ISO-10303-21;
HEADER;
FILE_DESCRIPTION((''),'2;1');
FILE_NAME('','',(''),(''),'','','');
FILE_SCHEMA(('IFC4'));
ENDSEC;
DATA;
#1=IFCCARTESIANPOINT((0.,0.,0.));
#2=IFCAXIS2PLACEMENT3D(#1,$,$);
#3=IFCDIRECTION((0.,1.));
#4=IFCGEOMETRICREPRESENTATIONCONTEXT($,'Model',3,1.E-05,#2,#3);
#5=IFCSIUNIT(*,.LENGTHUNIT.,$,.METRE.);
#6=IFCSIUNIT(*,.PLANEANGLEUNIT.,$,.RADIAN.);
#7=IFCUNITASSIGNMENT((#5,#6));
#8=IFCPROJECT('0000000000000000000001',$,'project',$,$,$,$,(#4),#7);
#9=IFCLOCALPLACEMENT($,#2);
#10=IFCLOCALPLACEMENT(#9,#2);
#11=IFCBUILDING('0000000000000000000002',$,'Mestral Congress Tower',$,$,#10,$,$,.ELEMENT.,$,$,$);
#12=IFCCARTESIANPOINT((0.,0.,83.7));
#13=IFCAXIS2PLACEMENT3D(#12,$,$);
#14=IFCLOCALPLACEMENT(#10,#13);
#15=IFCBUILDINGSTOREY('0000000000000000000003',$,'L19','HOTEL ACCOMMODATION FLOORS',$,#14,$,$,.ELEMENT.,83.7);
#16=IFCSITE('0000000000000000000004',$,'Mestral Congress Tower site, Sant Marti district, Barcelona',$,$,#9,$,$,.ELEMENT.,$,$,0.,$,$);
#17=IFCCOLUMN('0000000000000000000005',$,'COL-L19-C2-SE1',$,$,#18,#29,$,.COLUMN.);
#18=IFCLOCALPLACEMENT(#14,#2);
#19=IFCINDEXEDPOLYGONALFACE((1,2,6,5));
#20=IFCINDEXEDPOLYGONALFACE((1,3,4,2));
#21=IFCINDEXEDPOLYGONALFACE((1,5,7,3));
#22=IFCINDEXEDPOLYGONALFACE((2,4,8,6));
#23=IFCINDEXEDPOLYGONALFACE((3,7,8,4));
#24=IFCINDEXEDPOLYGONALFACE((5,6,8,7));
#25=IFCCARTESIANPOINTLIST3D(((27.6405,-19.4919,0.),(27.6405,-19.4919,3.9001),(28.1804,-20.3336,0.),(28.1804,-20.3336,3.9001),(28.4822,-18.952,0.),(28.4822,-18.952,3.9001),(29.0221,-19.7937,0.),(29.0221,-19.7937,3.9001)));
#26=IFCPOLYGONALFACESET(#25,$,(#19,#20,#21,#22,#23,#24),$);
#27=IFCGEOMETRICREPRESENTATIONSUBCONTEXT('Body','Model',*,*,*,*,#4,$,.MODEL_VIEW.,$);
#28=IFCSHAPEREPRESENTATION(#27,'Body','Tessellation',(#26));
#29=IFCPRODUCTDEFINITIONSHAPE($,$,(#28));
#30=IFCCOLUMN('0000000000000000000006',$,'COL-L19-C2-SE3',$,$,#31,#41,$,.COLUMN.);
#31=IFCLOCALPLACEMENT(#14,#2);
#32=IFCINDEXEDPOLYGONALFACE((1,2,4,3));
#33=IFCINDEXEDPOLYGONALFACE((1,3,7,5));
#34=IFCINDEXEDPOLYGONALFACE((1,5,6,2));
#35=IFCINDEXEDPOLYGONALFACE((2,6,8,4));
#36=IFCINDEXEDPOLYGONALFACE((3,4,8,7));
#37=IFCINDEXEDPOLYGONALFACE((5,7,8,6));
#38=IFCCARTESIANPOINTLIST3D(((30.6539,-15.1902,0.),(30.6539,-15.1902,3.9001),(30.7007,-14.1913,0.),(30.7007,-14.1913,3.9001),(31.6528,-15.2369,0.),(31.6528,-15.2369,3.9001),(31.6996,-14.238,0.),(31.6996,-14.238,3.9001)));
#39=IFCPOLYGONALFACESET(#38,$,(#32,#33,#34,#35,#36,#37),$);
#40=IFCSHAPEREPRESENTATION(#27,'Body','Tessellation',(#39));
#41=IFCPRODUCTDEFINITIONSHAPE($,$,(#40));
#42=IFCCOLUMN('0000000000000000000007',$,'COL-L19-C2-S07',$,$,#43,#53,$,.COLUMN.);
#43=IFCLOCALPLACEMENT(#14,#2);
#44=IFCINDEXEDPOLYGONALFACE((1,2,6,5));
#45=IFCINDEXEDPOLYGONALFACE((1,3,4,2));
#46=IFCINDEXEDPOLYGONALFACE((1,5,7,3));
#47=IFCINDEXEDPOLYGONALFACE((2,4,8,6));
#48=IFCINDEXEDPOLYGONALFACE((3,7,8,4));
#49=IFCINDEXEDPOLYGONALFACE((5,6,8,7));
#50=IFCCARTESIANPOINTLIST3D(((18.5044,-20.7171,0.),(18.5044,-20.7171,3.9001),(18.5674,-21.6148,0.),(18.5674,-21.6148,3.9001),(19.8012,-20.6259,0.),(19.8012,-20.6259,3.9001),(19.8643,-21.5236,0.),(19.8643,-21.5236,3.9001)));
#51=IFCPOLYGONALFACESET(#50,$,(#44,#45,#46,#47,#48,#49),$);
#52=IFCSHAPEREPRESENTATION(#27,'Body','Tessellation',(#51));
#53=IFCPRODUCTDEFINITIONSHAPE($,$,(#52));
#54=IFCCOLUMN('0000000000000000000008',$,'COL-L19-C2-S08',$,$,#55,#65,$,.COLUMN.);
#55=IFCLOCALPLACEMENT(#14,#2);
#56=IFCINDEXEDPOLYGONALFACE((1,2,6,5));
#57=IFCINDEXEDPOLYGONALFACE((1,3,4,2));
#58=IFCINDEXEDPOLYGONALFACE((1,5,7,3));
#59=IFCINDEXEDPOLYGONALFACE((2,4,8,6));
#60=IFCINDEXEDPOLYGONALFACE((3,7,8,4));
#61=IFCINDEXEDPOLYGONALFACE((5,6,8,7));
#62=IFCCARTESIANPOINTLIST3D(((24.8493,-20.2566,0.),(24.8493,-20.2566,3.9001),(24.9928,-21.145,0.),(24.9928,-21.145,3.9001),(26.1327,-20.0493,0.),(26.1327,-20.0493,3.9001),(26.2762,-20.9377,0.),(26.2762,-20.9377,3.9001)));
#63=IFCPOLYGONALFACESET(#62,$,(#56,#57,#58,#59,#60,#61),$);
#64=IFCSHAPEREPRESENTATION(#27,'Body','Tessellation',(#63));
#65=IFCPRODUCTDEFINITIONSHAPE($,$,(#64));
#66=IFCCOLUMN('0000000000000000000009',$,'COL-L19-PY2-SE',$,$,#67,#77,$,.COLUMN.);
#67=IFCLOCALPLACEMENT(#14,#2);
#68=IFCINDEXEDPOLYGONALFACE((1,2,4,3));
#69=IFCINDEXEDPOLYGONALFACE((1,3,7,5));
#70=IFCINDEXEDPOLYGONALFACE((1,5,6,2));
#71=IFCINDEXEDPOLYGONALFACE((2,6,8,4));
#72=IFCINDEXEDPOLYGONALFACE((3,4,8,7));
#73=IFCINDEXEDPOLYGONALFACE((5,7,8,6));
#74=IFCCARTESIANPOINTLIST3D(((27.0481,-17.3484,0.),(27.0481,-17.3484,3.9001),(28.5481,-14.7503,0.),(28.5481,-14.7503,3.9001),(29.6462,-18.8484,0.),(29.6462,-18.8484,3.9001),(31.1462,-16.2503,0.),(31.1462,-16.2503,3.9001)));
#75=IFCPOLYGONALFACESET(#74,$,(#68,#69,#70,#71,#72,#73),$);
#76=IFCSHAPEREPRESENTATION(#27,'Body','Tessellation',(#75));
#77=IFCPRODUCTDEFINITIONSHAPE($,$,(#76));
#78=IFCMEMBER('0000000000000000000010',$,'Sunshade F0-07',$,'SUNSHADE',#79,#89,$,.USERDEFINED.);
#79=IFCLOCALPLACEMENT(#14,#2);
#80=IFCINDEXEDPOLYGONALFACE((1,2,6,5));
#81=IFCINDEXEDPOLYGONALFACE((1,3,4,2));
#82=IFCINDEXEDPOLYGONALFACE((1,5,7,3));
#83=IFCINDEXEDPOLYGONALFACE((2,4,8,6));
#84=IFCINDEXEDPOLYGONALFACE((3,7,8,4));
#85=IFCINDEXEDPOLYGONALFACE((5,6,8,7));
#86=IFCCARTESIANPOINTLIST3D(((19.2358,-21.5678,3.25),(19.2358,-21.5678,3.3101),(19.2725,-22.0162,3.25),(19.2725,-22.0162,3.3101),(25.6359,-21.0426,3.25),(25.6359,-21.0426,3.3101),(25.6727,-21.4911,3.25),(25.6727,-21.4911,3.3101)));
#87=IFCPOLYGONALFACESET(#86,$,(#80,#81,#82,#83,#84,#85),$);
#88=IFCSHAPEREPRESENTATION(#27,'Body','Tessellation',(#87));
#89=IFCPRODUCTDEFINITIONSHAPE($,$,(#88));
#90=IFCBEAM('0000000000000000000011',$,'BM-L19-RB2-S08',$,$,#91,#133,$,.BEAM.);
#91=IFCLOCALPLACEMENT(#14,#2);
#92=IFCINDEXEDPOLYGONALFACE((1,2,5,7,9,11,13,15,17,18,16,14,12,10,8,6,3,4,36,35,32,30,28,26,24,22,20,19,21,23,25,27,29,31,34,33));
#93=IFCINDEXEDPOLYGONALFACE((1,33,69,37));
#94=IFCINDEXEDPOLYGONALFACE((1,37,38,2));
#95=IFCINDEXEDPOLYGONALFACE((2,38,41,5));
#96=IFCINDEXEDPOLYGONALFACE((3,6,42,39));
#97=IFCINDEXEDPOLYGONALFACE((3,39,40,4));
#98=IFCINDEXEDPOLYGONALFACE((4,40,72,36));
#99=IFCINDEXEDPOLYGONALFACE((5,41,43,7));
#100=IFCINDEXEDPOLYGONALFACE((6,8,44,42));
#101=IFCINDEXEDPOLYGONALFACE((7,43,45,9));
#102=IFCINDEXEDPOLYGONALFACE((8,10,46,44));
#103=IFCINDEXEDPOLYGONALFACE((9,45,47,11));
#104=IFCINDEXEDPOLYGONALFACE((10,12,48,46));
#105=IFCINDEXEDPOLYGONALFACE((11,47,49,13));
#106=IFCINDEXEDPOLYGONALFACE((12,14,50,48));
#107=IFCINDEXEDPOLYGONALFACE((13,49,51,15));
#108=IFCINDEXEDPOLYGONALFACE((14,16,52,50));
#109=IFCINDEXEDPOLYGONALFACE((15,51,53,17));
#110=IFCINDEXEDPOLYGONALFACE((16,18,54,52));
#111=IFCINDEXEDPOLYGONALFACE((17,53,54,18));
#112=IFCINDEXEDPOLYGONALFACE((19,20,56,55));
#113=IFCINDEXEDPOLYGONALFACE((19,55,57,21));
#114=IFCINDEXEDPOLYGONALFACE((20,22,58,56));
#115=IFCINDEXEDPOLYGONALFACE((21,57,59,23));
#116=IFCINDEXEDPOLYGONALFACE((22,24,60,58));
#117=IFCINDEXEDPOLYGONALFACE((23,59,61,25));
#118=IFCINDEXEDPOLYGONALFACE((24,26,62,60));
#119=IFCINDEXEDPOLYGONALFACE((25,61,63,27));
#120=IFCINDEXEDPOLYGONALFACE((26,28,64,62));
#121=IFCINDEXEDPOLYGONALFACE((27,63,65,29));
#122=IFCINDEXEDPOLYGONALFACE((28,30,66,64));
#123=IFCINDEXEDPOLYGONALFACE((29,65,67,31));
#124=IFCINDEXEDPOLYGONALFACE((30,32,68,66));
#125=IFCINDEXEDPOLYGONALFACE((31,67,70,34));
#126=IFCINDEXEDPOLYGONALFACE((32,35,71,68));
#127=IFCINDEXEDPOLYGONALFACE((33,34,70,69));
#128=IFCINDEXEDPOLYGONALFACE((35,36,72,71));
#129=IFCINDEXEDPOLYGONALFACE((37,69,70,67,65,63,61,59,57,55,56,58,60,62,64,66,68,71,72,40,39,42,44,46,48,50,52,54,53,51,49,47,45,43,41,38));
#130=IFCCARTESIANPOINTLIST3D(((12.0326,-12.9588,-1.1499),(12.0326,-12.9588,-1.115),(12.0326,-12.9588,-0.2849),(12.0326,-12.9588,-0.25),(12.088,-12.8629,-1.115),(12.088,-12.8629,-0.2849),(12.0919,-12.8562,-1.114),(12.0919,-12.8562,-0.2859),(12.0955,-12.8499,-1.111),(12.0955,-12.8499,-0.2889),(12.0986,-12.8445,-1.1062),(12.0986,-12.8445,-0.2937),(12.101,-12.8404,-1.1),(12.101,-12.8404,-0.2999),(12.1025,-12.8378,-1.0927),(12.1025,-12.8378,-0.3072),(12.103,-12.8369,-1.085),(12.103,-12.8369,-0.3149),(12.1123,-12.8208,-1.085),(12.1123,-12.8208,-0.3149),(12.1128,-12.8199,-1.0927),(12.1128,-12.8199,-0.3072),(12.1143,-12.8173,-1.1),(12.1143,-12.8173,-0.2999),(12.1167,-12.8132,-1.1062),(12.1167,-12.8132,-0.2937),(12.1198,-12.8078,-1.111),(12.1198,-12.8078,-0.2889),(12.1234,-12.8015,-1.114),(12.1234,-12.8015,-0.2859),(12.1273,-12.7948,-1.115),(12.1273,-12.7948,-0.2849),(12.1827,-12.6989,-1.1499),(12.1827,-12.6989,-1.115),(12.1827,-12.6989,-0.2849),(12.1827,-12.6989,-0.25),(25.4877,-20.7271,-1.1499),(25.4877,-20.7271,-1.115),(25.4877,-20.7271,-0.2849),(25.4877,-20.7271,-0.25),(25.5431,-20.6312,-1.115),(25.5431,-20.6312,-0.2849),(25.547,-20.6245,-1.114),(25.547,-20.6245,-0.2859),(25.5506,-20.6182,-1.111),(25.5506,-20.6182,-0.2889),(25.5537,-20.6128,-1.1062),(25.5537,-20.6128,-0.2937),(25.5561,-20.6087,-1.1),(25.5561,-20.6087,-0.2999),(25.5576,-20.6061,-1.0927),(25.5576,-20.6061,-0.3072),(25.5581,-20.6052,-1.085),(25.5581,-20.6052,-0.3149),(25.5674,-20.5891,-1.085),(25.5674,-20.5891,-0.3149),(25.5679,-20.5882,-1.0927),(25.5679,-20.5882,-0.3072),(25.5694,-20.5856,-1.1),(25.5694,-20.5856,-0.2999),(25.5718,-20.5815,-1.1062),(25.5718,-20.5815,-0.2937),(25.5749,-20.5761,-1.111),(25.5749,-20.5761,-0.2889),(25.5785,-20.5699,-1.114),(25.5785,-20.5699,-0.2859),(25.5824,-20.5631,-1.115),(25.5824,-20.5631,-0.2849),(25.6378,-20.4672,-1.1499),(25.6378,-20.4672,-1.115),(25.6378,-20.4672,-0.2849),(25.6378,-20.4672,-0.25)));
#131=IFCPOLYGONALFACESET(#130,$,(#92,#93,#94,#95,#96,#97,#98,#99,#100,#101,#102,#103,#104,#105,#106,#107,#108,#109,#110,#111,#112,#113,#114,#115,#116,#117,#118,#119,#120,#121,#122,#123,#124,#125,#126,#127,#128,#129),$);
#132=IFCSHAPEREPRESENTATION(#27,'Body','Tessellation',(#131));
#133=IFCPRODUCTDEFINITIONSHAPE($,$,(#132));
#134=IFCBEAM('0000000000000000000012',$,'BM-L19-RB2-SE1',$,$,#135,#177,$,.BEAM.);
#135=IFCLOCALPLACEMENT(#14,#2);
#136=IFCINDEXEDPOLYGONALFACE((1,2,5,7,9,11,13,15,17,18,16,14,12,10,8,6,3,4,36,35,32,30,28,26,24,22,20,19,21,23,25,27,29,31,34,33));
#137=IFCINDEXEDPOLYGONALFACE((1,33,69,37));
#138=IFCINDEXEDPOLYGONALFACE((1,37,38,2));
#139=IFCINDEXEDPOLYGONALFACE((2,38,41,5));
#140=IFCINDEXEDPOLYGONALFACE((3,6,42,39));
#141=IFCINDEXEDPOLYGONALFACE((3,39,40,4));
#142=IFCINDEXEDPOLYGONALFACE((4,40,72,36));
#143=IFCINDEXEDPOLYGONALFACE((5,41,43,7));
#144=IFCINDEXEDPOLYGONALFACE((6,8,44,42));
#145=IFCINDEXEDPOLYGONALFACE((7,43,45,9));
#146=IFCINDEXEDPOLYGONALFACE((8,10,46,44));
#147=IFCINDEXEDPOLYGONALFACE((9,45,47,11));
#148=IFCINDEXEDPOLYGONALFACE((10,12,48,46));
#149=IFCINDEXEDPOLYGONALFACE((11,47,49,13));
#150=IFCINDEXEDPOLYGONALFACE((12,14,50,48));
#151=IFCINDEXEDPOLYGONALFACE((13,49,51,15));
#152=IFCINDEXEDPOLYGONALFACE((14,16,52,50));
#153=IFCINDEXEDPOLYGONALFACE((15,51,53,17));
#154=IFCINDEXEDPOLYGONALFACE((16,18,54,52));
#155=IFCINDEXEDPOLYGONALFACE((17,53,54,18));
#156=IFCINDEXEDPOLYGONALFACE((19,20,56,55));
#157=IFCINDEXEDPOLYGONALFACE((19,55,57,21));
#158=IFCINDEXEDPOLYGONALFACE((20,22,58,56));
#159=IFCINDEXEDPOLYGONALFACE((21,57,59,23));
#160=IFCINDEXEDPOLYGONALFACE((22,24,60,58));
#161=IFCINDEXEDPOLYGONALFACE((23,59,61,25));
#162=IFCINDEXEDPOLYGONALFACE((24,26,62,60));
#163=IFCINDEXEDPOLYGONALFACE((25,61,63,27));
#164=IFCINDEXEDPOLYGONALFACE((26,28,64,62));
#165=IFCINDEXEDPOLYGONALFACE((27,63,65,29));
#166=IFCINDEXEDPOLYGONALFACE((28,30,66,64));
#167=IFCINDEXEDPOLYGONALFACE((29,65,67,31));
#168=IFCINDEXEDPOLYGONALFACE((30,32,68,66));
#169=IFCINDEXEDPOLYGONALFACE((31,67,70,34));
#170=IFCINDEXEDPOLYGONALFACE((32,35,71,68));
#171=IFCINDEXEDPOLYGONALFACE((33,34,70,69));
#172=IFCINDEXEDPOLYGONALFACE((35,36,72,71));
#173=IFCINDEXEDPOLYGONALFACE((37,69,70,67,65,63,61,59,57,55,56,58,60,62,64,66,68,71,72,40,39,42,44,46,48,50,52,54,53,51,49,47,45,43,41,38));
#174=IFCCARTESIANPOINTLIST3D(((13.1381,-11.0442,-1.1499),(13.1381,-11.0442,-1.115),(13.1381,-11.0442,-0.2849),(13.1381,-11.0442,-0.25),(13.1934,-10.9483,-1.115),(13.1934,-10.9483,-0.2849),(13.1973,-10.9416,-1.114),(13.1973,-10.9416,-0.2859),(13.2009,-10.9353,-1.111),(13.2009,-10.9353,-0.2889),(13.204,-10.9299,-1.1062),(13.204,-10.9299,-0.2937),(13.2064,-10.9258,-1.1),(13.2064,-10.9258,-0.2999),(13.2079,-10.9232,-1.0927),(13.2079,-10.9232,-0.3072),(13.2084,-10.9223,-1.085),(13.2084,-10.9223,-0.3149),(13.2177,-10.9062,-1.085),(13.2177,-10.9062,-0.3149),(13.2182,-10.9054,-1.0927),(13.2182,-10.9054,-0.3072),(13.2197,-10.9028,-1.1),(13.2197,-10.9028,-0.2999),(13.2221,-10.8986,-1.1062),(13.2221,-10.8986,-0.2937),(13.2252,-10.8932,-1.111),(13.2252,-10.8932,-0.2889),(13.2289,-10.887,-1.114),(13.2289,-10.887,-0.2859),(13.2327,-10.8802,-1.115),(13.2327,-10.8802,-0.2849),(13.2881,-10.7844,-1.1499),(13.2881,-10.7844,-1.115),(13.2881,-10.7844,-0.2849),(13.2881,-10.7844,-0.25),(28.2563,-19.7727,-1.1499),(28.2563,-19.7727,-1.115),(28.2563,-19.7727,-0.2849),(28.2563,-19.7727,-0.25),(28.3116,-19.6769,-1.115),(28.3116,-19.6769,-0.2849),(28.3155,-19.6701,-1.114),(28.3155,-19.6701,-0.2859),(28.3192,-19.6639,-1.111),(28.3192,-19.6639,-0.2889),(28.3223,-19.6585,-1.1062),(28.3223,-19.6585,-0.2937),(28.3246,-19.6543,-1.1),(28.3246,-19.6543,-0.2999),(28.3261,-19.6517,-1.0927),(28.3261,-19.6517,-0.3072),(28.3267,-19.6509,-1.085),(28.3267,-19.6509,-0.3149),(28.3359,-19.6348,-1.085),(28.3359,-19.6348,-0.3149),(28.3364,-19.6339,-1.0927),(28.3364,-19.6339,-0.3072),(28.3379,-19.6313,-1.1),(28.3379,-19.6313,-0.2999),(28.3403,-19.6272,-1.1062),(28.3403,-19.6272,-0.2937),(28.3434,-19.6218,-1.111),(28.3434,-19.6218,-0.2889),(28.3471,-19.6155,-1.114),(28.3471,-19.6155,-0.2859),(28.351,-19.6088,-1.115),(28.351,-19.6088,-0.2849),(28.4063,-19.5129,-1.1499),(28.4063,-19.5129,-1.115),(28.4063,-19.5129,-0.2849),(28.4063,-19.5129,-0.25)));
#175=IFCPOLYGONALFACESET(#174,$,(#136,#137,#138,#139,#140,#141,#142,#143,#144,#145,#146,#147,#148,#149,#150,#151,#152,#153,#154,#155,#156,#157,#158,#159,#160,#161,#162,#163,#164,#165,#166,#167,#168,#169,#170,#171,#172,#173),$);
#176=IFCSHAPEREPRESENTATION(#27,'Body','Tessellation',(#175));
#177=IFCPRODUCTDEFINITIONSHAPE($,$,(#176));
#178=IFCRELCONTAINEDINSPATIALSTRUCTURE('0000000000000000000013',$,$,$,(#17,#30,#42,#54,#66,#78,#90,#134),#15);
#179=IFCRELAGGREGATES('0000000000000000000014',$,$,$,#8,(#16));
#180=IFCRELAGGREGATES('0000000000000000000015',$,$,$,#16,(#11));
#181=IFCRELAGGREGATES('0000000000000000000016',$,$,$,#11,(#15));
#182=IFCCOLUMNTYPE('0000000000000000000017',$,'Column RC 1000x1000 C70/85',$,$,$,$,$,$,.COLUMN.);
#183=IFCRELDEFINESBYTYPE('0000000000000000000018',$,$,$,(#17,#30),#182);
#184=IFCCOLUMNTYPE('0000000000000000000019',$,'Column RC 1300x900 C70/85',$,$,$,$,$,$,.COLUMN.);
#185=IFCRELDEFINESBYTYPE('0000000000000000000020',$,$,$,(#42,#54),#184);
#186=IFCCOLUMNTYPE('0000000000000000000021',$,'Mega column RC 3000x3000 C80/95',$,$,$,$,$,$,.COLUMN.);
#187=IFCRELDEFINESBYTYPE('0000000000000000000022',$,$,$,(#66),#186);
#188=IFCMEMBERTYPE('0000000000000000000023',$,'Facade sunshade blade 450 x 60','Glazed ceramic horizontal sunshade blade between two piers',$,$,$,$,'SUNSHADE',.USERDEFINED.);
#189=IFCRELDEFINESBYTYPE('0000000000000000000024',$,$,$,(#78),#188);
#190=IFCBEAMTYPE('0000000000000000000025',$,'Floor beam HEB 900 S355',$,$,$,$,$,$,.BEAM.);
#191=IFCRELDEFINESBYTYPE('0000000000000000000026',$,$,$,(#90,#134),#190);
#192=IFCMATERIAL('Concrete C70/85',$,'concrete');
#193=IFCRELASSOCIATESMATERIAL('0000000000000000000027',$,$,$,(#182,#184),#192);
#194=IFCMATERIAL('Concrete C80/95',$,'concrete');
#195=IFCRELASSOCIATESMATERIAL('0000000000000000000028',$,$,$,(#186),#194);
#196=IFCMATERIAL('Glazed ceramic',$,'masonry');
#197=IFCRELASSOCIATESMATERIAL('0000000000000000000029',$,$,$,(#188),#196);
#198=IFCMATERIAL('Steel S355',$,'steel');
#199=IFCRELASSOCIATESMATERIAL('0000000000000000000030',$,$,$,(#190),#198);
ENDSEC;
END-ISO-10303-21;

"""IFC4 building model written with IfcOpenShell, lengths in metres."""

from ifc_helpers import new_model, si_unit, direction, frame, origin, origin_2d, place, context, subcontext, project, spatial, rectangle, i_section, extrude, material, material_profile, profile_set, type_object, element, save


model = new_model("IFC4")

# Units and contexts
model_context = context("Model", 3, precision=1e-05, world=origin(), true_north=direction((0.0, 1.0)))
body_context = subcontext(model_context, "Body", "Model", "MODEL_VIEW")
ifc_project = project(units=[si_unit("LENGTHUNIT", "METRE"), si_unit("PLANEANGLEUNIT", "RADIAN")], contexts=[model_context])

# Site, building, storey
site_placement = place(None, origin())
site = spatial("IfcSite", under=ifc_project, at=site_placement, Name="Mestral Congress Tower site, Sant Marti district, Barcelona", CompositionType="ELEMENT", RefElevation=0.0)
building_placement = place(site_placement, origin())
building = spatial("IfcBuilding", under=site, at=building_placement, Name="Mestral Congress Tower", CompositionType="ELEMENT")
storey_placement = place(building_placement, frame((0.0, 0.0, 83.7)))
storey = spatial("IfcBuildingStorey", under=building, at=storey_placement, Name="L19", Description="HOTEL ACCOMMODATION FLOORS", CompositionType="ELEMENT", Elevation=83.7)

# Columns
ifc_material_1 = material(Name="Concrete C70/85", Category="concrete")
ifc_material_profile_1 = material_profile(ifc_material_1, rectangle(XDim=1.0, YDim=1.0, at=origin_2d()), Name="RC 1000x1000")
ifc_profile_set_1 = profile_set([ifc_material_profile_1], Name="Concrete C70/85")
column_type_1 = type_object("IfcColumnType", Name="Column RC 1000x1000 C70/85", PredefinedType="COLUMN", material=ifc_profile_set_1)
for number, where, z_axis, x_axis, name in (
    (1, (28.3313, -19.6428, 0.0), (0.0, 0.0, 1.0), (0.8417, 0.539945, 0.0), "COL-L19-C2-SE1"),
    (2, (31.1768, -14.7141, 0.0), (0.0, 0.0, 1.0), (0.046756, 0.998906, 0.0), "COL-L19-C2-SE3"),
):
    element("IfcColumn", number, at=place(storey_placement, frame(where, z_axis=z_axis, x_axis=x_axis)), inside=storey, type_object=column_type_1, Name=name, PredefinedType="COLUMN", context=body_context, shape_type="SweptSolid", body=[
        extrude(rectangle(XDim=1.0, YDim=1.0, at=origin_2d()), origin(), (0.0, 0.0, 1.0), 3.9001),
    ])
ifc_material_profile_2 = material_profile(ifc_material_1, rectangle(XDim=1.3, YDim=0.8999, at=origin_2d()), Name="RC 1300x900")
ifc_profile_set_2 = profile_set([ifc_material_profile_2], Name="Concrete C70/85")
column_type_2 = type_object("IfcColumnType", Name="Column RC 1300x900 C70/85", PredefinedType="COLUMN", material=ifc_profile_set_2)
for number, where, z_axis, x_axis, name in (
    (3, (19.1843, -21.1204, 0.0), (0.0, 0.0, 1.0), (0.99754, 0.070101, 0.0), "COL-L19-C2-S07"),
    (4, (25.5627, -20.5972, 0.0), (0.0, 0.0, 1.0), (0.987202, 0.159473, 0.0), "COL-L19-C2-S08"),
):
    element("IfcColumn", number, at=place(storey_placement, frame(where, z_axis=z_axis, x_axis=x_axis)), inside=storey, type_object=column_type_2, Name=name, PredefinedType="COLUMN", context=body_context, shape_type="SweptSolid", body=[
        extrude(rectangle(XDim=1.3, YDim=0.8999, at=origin_2d()), origin(), (0.0, 0.0, 1.0), 3.9001),
    ])
ifc_material_2 = material(Name="Concrete C80/95", Category="concrete")
ifc_material_profile_3 = material_profile(ifc_material_2, rectangle(XDim=3.0, YDim=3.0, at=origin_2d()), Name="RC 3000x3000")
ifc_profile_set_3 = profile_set([ifc_material_profile_3], Name="Concrete C80/95")
column_type_3 = type_object("IfcColumnType", Name="Mega column RC 3000x3000 C80/95", PredefinedType="COLUMN", material=ifc_profile_set_3)
column_placement = place(storey_placement, frame((29.0972, -16.7993, 0.0), z_axis=(0.0, 0.0, 1.0), x_axis=(0.866025, -0.5, 0.0)))
element("IfcColumn", 5, at=column_placement, inside=storey, type_object=column_type_3, Name="COL-L19-PY2-SE", PredefinedType="COLUMN", context=body_context, shape_type="SweptSolid", body=[
    extrude(rectangle(XDim=3.0, YDim=3.0, at=origin_2d()), origin(), (0.0, 0.0, 1.0), 3.9001),
])

# Member
ifc_material_3 = material(Name="Glazed ceramic", Category="masonry")
ifc_material_profile_4 = material_profile(ifc_material_3, rectangle(XDim=0.45, YDim=0.0601, at=origin_2d()), Name="Ceramic blade 450 x 60")
ifc_profile_set_4 = profile_set([ifc_material_profile_4], Name="Glazed ceramic")
member_type = type_object("IfcMemberType", Name="Facade sunshade blade 450 x 60", Description="Glazed ceramic horizontal sunshade blade between two piers", ElementType="SUNSHADE", PredefinedType="USERDEFINED", material=ifc_profile_set_4)
member_placement = place(storey_placement, frame((19.2542, -21.792, 3.28), z_axis=(0.996651, 0.081777, 0.0), x_axis=(-0.081777, 0.996651, 0.0)))
element("IfcMember", 6, at=member_placement, inside=storey, type_object=member_type, Name="Sunshade F0-07", ObjectType="SUNSHADE", PredefinedType="USERDEFINED", context=body_context, shape_type="SweptSolid", body=[
    extrude(rectangle(XDim=0.45, YDim=0.0601, at=origin_2d()), origin(), (0.0, 0.0, 1.0), 6.4216),
])

# Beams
ifc_material_4 = material(Name="Steel S355", Category="steel")
ifc_material_profile_5 = material_profile(ifc_material_4, i_section(OverallWidth=0.3, OverallDepth=0.8999, WebThickness=0.0186, FlangeThickness=0.0349, FilletRadius=0.03, at=origin_2d()), Name="HEB 900")
ifc_profile_set_5 = profile_set([ifc_material_profile_5], Name="Steel S355")
beam_type_1 = type_object("IfcBeamType", Name="Floor beam HEB 900 S355", PredefinedType="BEAM", material=ifc_profile_set_5)
beam_1_placement = place(storey_placement, frame((25.5627, -20.5972, -0.7), z_axis=(-0.866025, 0.500001, 0.0), x_axis=(-0.500001, -0.866025, 0.0)))
element("IfcBeam", 7, at=beam_1_placement, inside=storey, type_object=beam_type_1, Name="BM-L19-RB2-S08", PredefinedType="BEAM", context=body_context, shape_type="SweptSolid", body=[
    extrude(i_section(OverallWidth=0.3, OverallDepth=0.8999, WebThickness=0.0186, FlangeThickness=0.0349, FilletRadius=0.03, at=origin_2d()), origin(), (0.0, 0.0, 1.0), 15.5366),
])
beam_2_placement = place(storey_placement, frame((28.3313, -19.6428, -0.7), z_axis=(-0.866024, 0.500002, 0.0), x_axis=(-0.500002, -0.866024, 0.0)))
element("IfcBeam", 8, at=beam_2_placement, inside=storey, type_object=beam_type_1, Name="BM-L19-RB2-SE1", PredefinedType="BEAM", context=body_context, shape_type="SweptSolid", body=[
    extrude(i_section(OverallWidth=0.3, OverallDepth=0.8999, WebThickness=0.0186, FlangeThickness=0.0349, FilletRadius=0.03, at=origin_2d()), origin(), (0.0, 0.0, 1.0), 17.457),
])

save(model, "model.ifc")
